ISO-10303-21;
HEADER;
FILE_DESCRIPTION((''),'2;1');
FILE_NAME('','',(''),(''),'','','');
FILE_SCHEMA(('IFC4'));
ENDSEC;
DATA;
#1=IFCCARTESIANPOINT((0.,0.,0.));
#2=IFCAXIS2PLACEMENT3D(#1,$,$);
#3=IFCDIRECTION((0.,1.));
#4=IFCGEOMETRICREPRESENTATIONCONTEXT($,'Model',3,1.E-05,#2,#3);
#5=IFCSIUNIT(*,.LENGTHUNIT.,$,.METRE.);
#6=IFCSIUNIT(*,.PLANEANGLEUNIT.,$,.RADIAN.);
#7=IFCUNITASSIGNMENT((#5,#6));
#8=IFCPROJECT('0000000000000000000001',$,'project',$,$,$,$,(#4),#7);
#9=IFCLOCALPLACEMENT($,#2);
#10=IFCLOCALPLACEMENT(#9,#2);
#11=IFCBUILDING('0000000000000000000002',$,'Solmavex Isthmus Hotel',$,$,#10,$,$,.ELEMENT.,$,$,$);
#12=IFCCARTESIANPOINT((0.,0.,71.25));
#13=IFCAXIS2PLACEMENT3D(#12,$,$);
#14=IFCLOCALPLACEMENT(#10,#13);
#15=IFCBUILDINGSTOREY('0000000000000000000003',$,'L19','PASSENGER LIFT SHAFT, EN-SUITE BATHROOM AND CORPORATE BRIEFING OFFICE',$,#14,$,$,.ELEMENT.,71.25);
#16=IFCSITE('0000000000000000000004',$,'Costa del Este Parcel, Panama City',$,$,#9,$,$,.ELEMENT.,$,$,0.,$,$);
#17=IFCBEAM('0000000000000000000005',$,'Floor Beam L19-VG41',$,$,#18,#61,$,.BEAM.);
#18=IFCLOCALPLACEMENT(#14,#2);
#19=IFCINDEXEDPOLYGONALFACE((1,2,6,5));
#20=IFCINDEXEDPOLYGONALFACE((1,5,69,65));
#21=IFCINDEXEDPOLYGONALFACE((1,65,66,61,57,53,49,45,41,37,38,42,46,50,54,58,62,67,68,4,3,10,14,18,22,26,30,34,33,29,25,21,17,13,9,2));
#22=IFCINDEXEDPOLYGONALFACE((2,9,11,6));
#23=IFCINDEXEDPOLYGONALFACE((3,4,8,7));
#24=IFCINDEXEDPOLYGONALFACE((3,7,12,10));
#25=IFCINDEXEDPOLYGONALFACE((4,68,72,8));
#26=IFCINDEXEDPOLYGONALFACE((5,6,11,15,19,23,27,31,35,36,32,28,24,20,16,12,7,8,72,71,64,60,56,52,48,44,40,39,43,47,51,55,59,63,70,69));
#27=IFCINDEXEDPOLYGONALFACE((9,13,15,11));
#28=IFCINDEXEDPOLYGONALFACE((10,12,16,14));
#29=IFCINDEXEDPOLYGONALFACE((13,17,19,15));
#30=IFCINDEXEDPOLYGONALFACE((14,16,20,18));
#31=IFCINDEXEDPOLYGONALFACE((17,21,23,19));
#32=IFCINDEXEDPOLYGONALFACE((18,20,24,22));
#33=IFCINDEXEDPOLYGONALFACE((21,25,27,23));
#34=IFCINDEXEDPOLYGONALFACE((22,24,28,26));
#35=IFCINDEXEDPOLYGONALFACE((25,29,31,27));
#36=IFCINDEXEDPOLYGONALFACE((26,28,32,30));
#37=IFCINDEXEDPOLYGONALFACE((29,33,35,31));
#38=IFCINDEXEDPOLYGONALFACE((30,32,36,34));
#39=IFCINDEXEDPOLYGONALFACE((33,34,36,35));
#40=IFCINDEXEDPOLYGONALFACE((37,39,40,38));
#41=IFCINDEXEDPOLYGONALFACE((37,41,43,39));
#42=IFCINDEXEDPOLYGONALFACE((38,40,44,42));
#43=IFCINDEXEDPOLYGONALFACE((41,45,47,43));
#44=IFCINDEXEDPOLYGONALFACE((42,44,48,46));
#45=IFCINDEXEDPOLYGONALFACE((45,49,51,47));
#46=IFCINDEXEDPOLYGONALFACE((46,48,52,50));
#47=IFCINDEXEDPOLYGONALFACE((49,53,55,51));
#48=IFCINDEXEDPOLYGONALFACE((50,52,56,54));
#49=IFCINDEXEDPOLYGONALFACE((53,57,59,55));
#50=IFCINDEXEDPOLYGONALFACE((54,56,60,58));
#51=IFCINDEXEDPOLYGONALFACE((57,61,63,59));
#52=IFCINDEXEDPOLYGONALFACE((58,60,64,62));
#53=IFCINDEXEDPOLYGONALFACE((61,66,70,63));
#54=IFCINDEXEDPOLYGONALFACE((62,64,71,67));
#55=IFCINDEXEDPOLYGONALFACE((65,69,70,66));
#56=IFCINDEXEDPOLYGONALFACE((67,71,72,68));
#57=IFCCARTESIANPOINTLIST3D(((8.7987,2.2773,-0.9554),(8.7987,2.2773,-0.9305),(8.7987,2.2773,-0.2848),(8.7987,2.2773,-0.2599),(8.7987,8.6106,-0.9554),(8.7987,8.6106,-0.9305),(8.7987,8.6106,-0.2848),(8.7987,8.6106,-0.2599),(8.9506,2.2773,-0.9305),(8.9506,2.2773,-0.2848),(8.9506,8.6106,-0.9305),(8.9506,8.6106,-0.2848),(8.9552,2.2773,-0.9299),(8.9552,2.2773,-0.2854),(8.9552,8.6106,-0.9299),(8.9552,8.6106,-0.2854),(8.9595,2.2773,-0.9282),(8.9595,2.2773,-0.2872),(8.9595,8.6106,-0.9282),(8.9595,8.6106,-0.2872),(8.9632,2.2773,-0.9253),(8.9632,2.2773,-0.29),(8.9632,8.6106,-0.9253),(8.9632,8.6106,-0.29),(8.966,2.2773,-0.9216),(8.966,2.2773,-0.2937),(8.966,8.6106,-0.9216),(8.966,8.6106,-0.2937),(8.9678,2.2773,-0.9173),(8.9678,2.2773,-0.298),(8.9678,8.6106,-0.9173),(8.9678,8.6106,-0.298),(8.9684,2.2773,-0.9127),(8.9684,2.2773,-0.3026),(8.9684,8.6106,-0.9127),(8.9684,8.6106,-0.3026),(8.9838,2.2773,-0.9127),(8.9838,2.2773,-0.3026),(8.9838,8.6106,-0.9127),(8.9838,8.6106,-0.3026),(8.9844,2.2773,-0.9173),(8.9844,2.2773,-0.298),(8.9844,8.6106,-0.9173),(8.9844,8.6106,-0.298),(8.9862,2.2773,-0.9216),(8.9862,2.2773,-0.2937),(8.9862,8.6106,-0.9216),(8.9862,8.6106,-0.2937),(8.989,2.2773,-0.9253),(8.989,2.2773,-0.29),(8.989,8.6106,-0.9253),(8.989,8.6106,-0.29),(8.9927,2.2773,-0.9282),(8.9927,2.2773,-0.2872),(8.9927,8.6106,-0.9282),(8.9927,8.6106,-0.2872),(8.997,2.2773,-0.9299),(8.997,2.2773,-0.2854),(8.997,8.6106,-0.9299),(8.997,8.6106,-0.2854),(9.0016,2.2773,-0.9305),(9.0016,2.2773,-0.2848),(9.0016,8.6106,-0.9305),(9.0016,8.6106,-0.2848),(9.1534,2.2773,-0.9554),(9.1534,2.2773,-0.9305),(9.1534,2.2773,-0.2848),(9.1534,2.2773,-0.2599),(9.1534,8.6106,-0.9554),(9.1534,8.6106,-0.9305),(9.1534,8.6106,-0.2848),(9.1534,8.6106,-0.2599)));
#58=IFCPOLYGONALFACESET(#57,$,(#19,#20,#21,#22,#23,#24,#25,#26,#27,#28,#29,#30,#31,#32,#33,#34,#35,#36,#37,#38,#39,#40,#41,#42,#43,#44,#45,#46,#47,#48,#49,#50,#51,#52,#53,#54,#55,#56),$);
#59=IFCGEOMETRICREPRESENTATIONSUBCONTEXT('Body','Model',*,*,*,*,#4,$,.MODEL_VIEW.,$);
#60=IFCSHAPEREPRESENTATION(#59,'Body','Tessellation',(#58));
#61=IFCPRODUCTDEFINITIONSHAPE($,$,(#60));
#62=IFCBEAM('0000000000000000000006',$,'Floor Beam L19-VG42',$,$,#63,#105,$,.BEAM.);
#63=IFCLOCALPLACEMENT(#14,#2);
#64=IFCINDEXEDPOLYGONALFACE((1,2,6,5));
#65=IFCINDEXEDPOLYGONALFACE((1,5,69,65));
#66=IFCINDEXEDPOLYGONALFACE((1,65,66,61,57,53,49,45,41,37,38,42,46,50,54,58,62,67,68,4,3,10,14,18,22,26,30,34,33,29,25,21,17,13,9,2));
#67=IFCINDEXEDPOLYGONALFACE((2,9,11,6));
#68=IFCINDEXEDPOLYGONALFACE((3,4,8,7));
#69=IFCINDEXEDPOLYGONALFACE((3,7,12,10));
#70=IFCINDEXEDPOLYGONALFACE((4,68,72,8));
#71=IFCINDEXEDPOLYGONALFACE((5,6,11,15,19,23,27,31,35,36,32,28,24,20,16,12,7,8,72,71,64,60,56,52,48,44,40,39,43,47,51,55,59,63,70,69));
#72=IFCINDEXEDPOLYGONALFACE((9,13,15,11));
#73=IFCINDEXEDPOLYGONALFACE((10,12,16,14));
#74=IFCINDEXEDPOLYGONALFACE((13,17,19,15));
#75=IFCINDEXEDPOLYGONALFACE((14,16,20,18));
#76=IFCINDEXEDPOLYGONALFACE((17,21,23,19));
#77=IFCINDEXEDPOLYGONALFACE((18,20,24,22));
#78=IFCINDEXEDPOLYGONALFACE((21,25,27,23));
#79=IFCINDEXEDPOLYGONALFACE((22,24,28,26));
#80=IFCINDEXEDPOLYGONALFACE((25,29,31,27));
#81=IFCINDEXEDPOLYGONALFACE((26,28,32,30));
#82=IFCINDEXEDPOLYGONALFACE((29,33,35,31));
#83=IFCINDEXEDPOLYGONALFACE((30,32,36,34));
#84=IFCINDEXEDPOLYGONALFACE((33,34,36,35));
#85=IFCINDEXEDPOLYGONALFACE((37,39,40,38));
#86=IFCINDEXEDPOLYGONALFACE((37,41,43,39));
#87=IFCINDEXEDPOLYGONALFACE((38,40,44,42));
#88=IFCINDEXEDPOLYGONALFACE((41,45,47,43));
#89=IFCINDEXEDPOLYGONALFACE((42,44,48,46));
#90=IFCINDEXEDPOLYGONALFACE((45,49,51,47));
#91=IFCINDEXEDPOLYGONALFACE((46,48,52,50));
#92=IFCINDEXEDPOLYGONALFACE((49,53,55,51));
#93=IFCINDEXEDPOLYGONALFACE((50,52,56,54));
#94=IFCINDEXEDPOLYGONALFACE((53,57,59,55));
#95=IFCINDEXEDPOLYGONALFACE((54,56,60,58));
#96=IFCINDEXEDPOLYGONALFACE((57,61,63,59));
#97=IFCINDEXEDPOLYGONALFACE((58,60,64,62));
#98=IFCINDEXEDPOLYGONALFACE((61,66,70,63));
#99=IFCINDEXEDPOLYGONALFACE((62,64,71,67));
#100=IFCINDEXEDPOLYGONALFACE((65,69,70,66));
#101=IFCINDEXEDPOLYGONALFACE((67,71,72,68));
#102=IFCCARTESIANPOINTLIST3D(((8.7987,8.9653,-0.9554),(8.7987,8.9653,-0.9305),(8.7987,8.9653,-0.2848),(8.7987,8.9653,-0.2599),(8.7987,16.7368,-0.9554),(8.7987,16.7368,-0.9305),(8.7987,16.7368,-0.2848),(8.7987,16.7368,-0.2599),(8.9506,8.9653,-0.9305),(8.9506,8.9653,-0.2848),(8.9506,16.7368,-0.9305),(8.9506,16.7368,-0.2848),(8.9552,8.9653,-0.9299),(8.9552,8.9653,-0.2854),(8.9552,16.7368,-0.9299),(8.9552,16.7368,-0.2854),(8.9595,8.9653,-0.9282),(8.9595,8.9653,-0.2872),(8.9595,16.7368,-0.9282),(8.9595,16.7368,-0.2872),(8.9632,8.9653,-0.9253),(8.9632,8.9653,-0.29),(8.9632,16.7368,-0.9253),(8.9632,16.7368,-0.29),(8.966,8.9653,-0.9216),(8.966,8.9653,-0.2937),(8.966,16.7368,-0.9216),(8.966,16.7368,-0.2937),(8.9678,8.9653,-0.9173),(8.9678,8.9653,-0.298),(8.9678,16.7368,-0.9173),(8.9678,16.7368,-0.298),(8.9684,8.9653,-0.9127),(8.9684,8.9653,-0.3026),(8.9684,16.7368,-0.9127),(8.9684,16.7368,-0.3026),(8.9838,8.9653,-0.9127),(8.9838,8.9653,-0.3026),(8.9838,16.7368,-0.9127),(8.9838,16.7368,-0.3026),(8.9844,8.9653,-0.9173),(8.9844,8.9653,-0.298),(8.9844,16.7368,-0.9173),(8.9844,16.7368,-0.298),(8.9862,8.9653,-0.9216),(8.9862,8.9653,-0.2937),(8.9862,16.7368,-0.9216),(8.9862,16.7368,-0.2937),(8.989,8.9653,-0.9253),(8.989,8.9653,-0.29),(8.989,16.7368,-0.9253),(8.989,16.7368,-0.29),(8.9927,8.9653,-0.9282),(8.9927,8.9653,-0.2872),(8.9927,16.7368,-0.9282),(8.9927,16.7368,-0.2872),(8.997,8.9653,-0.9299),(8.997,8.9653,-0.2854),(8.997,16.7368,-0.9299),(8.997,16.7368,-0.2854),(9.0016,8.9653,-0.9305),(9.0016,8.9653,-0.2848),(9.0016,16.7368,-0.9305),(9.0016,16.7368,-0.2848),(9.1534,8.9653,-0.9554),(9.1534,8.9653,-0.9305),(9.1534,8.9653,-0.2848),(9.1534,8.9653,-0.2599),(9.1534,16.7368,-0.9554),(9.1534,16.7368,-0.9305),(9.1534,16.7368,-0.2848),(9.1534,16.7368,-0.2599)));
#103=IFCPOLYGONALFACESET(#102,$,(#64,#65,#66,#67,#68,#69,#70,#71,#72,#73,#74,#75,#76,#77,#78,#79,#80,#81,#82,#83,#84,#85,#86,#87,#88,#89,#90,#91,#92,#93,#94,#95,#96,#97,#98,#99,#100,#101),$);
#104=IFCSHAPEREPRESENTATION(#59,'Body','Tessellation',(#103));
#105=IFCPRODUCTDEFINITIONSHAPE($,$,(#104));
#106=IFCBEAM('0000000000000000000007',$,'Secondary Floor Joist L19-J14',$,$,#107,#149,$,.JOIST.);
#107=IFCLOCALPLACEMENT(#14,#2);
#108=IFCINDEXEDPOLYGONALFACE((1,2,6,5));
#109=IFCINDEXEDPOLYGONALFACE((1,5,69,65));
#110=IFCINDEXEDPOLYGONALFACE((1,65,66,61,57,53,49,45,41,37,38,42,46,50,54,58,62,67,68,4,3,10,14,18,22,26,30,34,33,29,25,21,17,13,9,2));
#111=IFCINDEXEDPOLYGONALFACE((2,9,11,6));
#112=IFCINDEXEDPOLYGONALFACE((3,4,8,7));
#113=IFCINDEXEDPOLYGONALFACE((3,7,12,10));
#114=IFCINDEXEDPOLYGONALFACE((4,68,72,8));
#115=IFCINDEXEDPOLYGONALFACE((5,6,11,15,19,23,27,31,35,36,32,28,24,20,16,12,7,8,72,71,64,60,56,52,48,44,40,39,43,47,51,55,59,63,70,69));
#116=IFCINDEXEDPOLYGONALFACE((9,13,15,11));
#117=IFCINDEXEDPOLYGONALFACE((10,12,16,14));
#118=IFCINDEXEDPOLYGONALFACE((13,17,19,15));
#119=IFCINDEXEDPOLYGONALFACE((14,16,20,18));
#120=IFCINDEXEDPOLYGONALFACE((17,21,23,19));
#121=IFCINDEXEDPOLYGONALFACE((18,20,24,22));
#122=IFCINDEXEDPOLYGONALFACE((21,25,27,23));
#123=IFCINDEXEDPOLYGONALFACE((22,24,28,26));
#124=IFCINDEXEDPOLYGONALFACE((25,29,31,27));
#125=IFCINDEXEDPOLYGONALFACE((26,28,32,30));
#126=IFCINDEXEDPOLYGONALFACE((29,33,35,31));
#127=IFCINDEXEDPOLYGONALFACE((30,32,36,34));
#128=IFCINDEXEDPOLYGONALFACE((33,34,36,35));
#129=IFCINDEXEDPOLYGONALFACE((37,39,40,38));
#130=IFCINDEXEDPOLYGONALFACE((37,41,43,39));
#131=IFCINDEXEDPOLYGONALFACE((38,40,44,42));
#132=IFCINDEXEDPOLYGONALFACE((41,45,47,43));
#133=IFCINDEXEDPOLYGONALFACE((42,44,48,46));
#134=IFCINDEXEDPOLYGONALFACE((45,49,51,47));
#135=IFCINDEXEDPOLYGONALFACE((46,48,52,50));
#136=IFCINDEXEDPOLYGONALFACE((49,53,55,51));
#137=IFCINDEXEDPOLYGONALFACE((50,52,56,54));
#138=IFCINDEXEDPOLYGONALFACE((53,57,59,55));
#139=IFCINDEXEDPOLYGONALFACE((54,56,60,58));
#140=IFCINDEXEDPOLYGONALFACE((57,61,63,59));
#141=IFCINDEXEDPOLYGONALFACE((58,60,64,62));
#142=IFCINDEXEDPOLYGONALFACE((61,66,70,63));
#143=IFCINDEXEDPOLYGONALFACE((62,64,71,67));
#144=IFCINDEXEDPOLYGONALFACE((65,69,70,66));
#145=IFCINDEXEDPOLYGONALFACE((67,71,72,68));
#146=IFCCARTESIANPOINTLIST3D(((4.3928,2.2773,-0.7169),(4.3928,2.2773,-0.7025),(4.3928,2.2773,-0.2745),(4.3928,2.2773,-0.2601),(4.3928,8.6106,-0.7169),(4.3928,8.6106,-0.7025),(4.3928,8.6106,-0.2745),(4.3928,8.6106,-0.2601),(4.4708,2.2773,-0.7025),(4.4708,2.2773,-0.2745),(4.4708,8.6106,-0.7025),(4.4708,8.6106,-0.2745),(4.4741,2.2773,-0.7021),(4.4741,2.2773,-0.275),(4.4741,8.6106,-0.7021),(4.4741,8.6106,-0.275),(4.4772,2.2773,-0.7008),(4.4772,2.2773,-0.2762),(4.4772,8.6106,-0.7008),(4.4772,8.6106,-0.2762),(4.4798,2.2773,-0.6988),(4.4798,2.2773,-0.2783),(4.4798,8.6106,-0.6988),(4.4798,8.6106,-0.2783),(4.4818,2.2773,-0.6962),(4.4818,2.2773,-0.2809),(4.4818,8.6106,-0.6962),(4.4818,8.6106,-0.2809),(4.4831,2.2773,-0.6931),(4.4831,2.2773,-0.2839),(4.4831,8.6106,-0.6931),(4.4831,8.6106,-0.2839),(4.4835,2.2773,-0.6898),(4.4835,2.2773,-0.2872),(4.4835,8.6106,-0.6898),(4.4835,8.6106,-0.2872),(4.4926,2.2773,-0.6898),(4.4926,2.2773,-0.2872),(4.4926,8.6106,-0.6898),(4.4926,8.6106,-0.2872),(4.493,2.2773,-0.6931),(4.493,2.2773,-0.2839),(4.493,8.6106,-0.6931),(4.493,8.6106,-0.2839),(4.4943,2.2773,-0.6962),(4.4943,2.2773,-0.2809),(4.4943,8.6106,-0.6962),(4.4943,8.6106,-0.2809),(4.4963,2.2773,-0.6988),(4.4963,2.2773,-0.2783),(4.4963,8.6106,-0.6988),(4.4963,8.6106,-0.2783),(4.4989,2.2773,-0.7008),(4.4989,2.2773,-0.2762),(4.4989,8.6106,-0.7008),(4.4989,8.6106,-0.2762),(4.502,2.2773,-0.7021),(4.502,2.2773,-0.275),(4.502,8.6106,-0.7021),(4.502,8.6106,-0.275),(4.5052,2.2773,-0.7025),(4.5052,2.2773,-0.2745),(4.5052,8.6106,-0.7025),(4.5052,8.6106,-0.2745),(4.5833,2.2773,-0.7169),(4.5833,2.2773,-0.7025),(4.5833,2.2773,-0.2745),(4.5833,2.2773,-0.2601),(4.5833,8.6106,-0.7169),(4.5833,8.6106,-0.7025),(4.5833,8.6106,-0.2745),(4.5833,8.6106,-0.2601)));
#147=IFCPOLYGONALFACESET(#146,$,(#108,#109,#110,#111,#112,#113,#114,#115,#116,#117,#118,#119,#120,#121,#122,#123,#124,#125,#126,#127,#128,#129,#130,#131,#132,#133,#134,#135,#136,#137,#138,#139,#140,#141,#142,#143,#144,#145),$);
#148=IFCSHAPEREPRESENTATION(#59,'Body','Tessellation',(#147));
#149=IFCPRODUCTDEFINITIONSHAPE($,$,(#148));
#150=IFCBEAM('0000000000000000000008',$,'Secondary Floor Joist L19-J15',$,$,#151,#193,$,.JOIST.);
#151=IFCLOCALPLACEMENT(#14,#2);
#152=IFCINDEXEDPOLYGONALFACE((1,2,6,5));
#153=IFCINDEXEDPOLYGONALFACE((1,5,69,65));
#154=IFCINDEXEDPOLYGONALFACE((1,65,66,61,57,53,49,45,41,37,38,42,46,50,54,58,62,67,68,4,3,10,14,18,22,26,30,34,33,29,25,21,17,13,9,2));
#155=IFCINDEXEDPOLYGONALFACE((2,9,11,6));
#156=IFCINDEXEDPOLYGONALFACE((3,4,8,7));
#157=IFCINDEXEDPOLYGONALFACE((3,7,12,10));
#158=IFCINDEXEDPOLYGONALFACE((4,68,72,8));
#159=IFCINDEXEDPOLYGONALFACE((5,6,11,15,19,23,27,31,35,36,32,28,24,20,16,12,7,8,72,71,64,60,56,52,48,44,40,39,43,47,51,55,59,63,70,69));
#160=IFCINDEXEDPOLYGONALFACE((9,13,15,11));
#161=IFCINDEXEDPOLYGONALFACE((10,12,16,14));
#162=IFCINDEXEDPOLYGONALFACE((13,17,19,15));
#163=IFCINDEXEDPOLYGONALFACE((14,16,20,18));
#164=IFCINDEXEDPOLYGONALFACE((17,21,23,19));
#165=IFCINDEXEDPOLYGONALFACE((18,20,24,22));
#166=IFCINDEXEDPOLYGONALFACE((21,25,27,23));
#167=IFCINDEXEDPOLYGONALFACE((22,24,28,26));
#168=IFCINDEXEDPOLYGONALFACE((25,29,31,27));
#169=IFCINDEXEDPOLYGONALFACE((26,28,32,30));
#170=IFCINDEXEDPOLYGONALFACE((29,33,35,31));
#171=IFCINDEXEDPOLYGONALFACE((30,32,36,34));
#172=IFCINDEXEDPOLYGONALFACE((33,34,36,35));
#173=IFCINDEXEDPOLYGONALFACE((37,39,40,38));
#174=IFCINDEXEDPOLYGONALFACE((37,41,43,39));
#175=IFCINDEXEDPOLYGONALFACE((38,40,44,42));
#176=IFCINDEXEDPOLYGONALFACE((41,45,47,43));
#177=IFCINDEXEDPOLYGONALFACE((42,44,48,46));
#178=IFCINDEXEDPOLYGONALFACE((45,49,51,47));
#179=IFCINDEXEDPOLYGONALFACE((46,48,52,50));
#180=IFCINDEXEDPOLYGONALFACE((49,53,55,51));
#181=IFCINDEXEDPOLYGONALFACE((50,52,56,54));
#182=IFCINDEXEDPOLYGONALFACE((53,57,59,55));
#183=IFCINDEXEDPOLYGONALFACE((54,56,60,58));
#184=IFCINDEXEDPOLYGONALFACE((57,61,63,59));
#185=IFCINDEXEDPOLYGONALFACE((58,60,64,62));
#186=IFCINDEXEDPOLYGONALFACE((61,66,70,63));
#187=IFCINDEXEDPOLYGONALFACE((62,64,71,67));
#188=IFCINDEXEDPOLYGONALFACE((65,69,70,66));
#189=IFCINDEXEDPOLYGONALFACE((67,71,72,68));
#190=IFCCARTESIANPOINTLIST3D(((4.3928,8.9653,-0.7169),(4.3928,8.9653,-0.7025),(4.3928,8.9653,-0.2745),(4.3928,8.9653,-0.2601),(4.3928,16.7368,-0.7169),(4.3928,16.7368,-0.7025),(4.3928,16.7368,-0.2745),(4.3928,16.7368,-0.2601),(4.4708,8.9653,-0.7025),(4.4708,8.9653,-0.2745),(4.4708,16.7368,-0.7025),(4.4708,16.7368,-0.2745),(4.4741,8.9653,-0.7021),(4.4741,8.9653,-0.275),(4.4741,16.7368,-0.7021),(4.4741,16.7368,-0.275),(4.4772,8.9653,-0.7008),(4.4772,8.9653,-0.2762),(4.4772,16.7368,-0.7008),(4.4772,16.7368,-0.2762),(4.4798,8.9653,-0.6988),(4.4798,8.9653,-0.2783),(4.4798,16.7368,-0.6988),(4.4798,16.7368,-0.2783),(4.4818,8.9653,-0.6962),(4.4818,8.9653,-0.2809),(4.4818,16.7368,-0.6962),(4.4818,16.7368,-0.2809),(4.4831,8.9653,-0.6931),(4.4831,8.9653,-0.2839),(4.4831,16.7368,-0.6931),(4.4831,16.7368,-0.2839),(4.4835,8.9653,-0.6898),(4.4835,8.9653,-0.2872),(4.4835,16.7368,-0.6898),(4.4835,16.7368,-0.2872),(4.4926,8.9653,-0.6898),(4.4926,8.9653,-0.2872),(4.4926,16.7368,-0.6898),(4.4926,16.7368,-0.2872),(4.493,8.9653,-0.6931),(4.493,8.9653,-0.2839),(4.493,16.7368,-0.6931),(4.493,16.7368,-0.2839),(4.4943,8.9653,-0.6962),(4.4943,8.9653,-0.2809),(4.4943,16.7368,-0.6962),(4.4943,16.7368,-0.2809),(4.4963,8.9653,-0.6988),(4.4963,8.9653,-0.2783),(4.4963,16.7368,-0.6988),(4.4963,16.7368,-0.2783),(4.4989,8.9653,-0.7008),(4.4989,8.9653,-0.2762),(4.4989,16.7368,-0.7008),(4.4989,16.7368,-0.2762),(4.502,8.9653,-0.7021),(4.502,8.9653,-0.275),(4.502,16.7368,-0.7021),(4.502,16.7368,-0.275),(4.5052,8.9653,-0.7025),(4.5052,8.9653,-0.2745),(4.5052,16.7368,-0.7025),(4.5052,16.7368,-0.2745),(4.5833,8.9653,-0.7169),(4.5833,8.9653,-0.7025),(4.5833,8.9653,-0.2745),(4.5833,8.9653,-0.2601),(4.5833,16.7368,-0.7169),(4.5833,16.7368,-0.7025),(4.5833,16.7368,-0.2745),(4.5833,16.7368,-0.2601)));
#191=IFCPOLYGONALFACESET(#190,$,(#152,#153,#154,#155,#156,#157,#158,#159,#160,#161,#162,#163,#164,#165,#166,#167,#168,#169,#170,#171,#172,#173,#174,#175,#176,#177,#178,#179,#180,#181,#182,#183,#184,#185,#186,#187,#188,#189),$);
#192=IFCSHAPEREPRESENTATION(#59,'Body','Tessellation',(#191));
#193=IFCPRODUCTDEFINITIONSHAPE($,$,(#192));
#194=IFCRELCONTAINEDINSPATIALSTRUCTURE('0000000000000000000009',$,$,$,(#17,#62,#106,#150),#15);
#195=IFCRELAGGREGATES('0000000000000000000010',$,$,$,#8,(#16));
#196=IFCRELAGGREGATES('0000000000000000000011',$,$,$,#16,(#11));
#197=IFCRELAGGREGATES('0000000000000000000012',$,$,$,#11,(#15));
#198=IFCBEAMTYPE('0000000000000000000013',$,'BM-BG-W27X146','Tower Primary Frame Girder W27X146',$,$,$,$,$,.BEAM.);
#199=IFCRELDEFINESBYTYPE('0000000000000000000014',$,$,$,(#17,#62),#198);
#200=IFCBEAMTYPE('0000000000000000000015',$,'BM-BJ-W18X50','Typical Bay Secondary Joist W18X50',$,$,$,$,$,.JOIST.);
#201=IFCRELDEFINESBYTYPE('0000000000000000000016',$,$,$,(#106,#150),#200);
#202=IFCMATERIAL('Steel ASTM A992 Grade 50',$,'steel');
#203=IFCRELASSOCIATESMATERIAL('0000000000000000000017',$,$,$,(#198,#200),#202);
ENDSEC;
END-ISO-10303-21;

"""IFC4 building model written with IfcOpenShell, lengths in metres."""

from ifc_helpers import new_model, si_unit, direction, frame, origin, origin_2d, place, context, subcontext, project, spatial, i_section, extrude, material, material_profile, profile_set, type_object, element, save


model = new_model("IFC4")

# Units and contexts
model_context = context("Model", 3, precision=1e-05, world=origin(), true_north=direction((0.0, 1.0)))
body_context = subcontext(model_context, "Body", "Model", "MODEL_VIEW")
ifc_project = project(units=[si_unit("LENGTHUNIT", "METRE"), si_unit("PLANEANGLEUNIT", "RADIAN")], contexts=[model_context])

# Site, building, storey
site_placement = place(None, origin())
site = spatial("IfcSite", under=ifc_project, at=site_placement, Name="Costa del Este Parcel, Panama City", CompositionType="ELEMENT", RefElevation=0.0)
building_placement = place(site_placement, origin())
building = spatial("IfcBuilding", under=site, at=building_placement, Name="Solmavex Isthmus Hotel", CompositionType="ELEMENT")
storey_placement = place(building_placement, frame((0.0, 0.0, 71.25)))
storey = spatial("IfcBuildingStorey", under=building, at=storey_placement, Name="L19", Description="PASSENGER LIFT SHAFT, EN-SUITE BATHROOM AND CORPORATE BRIEFING OFFICE", CompositionType="ELEMENT", Elevation=71.25)

# Beams
ifc_material_1 = material(Name="Steel ASTM A992 Grade 50", Category="steel")
ifc_material_profile_1 = material_profile(ifc_material_1, i_section(OverallWidth=0.3547, OverallDepth=0.6956, WebThickness=0.0154, FlangeThickness=0.0249, FilletRadius=0.0178, at=origin_2d()), Name="W27X146")
ifc_profile_set_1 = profile_set([ifc_material_profile_1], Name="Steel ASTM A992 Grade 50")
beam_type_1 = type_object("IfcBeamType", Name="BM-BG-W27X146", Description="Tower Primary Frame Girder W27X146", PredefinedType="BEAM", material=ifc_profile_set_1)
beam_1_placement = place(storey_placement, frame((8.9761, 2.2773, -0.6077), z_axis=(0.0, 1.0, 0.0), x_axis=(-1.0, 0.0, 0.0)))
element("IfcBeam", 1, at=beam_1_placement, inside=storey, type_object=beam_type_1, Name="Floor Beam L19-VG41", PredefinedType="BEAM", context=body_context, shape_type="SweptSolid", body=[
    extrude(i_section(OverallWidth=0.3547, OverallDepth=0.6956, WebThickness=0.0154, FlangeThickness=0.0249, FilletRadius=0.0178, at=origin_2d()), origin(), (0.0, 0.0, 1.0), 6.3333),
])
beam_2_placement = place(storey_placement, frame((8.9761, 8.9653, -0.6077), z_axis=(0.0, 1.0, 0.0), x_axis=(-1.0, 0.0, 0.0)))
element("IfcBeam", 2, at=beam_2_placement, inside=storey, type_object=beam_type_1, Name="Floor Beam L19-VG42", PredefinedType="BEAM", context=body_context, shape_type="SweptSolid", body=[
    extrude(i_section(OverallWidth=0.3547, OverallDepth=0.6956, WebThickness=0.0154, FlangeThickness=0.0249, FilletRadius=0.0178, at=origin_2d()), origin(), (0.0, 0.0, 1.0), 7.7715),
])
ifc_material_profile_2 = material_profile(ifc_material_1, i_section(OverallWidth=0.1904, OverallDepth=0.4568, WebThickness=0.009, FlangeThickness=0.0144, FilletRadius=0.0127, at=origin_2d()), Name="W18X50")
ifc_profile_set_2 = profile_set([ifc_material_profile_2], Name="Steel ASTM A992 Grade 50")
beam_type_2 = type_object("IfcBeamType", Name="BM-BJ-W18X50", Description="Typical Bay Secondary Joist W18X50", PredefinedType="JOIST", material=ifc_profile_set_2)
beam_3_placement = place(storey_placement, frame((4.488, 2.2773, -0.4885), z_axis=(0.0, 1.0, 0.0), x_axis=(-1.0, 0.0, 0.0)))
element("IfcBeam", 3, at=beam_3_placement, inside=storey, type_object=beam_type_2, Name="Secondary Floor Joist L19-J14", PredefinedType="JOIST", context=body_context, shape_type="SweptSolid", body=[
    extrude(i_section(OverallWidth=0.1904, OverallDepth=0.4568, WebThickness=0.009, FlangeThickness=0.0144, FilletRadius=0.0127, at=origin_2d()), origin(), (0.0, 0.0, 1.0), 6.3333),
])
beam_4_placement = place(storey_placement, frame((4.488, 8.9653, -0.4885), z_axis=(0.0, 1.0, 0.0), x_axis=(-1.0, 0.0, 0.0)))
element("IfcBeam", 4, at=beam_4_placement, inside=storey, type_object=beam_type_2, Name="Secondary Floor Joist L19-J15", PredefinedType="JOIST", context=body_context, shape_type="SweptSolid", body=[
    extrude(i_section(OverallWidth=0.1904, OverallDepth=0.4568, WebThickness=0.009, FlangeThickness=0.0144, FilletRadius=0.0127, at=origin_2d()), origin(), (0.0, 0.0, 1.0), 7.7715),
])

save(model, "model.ifc")
